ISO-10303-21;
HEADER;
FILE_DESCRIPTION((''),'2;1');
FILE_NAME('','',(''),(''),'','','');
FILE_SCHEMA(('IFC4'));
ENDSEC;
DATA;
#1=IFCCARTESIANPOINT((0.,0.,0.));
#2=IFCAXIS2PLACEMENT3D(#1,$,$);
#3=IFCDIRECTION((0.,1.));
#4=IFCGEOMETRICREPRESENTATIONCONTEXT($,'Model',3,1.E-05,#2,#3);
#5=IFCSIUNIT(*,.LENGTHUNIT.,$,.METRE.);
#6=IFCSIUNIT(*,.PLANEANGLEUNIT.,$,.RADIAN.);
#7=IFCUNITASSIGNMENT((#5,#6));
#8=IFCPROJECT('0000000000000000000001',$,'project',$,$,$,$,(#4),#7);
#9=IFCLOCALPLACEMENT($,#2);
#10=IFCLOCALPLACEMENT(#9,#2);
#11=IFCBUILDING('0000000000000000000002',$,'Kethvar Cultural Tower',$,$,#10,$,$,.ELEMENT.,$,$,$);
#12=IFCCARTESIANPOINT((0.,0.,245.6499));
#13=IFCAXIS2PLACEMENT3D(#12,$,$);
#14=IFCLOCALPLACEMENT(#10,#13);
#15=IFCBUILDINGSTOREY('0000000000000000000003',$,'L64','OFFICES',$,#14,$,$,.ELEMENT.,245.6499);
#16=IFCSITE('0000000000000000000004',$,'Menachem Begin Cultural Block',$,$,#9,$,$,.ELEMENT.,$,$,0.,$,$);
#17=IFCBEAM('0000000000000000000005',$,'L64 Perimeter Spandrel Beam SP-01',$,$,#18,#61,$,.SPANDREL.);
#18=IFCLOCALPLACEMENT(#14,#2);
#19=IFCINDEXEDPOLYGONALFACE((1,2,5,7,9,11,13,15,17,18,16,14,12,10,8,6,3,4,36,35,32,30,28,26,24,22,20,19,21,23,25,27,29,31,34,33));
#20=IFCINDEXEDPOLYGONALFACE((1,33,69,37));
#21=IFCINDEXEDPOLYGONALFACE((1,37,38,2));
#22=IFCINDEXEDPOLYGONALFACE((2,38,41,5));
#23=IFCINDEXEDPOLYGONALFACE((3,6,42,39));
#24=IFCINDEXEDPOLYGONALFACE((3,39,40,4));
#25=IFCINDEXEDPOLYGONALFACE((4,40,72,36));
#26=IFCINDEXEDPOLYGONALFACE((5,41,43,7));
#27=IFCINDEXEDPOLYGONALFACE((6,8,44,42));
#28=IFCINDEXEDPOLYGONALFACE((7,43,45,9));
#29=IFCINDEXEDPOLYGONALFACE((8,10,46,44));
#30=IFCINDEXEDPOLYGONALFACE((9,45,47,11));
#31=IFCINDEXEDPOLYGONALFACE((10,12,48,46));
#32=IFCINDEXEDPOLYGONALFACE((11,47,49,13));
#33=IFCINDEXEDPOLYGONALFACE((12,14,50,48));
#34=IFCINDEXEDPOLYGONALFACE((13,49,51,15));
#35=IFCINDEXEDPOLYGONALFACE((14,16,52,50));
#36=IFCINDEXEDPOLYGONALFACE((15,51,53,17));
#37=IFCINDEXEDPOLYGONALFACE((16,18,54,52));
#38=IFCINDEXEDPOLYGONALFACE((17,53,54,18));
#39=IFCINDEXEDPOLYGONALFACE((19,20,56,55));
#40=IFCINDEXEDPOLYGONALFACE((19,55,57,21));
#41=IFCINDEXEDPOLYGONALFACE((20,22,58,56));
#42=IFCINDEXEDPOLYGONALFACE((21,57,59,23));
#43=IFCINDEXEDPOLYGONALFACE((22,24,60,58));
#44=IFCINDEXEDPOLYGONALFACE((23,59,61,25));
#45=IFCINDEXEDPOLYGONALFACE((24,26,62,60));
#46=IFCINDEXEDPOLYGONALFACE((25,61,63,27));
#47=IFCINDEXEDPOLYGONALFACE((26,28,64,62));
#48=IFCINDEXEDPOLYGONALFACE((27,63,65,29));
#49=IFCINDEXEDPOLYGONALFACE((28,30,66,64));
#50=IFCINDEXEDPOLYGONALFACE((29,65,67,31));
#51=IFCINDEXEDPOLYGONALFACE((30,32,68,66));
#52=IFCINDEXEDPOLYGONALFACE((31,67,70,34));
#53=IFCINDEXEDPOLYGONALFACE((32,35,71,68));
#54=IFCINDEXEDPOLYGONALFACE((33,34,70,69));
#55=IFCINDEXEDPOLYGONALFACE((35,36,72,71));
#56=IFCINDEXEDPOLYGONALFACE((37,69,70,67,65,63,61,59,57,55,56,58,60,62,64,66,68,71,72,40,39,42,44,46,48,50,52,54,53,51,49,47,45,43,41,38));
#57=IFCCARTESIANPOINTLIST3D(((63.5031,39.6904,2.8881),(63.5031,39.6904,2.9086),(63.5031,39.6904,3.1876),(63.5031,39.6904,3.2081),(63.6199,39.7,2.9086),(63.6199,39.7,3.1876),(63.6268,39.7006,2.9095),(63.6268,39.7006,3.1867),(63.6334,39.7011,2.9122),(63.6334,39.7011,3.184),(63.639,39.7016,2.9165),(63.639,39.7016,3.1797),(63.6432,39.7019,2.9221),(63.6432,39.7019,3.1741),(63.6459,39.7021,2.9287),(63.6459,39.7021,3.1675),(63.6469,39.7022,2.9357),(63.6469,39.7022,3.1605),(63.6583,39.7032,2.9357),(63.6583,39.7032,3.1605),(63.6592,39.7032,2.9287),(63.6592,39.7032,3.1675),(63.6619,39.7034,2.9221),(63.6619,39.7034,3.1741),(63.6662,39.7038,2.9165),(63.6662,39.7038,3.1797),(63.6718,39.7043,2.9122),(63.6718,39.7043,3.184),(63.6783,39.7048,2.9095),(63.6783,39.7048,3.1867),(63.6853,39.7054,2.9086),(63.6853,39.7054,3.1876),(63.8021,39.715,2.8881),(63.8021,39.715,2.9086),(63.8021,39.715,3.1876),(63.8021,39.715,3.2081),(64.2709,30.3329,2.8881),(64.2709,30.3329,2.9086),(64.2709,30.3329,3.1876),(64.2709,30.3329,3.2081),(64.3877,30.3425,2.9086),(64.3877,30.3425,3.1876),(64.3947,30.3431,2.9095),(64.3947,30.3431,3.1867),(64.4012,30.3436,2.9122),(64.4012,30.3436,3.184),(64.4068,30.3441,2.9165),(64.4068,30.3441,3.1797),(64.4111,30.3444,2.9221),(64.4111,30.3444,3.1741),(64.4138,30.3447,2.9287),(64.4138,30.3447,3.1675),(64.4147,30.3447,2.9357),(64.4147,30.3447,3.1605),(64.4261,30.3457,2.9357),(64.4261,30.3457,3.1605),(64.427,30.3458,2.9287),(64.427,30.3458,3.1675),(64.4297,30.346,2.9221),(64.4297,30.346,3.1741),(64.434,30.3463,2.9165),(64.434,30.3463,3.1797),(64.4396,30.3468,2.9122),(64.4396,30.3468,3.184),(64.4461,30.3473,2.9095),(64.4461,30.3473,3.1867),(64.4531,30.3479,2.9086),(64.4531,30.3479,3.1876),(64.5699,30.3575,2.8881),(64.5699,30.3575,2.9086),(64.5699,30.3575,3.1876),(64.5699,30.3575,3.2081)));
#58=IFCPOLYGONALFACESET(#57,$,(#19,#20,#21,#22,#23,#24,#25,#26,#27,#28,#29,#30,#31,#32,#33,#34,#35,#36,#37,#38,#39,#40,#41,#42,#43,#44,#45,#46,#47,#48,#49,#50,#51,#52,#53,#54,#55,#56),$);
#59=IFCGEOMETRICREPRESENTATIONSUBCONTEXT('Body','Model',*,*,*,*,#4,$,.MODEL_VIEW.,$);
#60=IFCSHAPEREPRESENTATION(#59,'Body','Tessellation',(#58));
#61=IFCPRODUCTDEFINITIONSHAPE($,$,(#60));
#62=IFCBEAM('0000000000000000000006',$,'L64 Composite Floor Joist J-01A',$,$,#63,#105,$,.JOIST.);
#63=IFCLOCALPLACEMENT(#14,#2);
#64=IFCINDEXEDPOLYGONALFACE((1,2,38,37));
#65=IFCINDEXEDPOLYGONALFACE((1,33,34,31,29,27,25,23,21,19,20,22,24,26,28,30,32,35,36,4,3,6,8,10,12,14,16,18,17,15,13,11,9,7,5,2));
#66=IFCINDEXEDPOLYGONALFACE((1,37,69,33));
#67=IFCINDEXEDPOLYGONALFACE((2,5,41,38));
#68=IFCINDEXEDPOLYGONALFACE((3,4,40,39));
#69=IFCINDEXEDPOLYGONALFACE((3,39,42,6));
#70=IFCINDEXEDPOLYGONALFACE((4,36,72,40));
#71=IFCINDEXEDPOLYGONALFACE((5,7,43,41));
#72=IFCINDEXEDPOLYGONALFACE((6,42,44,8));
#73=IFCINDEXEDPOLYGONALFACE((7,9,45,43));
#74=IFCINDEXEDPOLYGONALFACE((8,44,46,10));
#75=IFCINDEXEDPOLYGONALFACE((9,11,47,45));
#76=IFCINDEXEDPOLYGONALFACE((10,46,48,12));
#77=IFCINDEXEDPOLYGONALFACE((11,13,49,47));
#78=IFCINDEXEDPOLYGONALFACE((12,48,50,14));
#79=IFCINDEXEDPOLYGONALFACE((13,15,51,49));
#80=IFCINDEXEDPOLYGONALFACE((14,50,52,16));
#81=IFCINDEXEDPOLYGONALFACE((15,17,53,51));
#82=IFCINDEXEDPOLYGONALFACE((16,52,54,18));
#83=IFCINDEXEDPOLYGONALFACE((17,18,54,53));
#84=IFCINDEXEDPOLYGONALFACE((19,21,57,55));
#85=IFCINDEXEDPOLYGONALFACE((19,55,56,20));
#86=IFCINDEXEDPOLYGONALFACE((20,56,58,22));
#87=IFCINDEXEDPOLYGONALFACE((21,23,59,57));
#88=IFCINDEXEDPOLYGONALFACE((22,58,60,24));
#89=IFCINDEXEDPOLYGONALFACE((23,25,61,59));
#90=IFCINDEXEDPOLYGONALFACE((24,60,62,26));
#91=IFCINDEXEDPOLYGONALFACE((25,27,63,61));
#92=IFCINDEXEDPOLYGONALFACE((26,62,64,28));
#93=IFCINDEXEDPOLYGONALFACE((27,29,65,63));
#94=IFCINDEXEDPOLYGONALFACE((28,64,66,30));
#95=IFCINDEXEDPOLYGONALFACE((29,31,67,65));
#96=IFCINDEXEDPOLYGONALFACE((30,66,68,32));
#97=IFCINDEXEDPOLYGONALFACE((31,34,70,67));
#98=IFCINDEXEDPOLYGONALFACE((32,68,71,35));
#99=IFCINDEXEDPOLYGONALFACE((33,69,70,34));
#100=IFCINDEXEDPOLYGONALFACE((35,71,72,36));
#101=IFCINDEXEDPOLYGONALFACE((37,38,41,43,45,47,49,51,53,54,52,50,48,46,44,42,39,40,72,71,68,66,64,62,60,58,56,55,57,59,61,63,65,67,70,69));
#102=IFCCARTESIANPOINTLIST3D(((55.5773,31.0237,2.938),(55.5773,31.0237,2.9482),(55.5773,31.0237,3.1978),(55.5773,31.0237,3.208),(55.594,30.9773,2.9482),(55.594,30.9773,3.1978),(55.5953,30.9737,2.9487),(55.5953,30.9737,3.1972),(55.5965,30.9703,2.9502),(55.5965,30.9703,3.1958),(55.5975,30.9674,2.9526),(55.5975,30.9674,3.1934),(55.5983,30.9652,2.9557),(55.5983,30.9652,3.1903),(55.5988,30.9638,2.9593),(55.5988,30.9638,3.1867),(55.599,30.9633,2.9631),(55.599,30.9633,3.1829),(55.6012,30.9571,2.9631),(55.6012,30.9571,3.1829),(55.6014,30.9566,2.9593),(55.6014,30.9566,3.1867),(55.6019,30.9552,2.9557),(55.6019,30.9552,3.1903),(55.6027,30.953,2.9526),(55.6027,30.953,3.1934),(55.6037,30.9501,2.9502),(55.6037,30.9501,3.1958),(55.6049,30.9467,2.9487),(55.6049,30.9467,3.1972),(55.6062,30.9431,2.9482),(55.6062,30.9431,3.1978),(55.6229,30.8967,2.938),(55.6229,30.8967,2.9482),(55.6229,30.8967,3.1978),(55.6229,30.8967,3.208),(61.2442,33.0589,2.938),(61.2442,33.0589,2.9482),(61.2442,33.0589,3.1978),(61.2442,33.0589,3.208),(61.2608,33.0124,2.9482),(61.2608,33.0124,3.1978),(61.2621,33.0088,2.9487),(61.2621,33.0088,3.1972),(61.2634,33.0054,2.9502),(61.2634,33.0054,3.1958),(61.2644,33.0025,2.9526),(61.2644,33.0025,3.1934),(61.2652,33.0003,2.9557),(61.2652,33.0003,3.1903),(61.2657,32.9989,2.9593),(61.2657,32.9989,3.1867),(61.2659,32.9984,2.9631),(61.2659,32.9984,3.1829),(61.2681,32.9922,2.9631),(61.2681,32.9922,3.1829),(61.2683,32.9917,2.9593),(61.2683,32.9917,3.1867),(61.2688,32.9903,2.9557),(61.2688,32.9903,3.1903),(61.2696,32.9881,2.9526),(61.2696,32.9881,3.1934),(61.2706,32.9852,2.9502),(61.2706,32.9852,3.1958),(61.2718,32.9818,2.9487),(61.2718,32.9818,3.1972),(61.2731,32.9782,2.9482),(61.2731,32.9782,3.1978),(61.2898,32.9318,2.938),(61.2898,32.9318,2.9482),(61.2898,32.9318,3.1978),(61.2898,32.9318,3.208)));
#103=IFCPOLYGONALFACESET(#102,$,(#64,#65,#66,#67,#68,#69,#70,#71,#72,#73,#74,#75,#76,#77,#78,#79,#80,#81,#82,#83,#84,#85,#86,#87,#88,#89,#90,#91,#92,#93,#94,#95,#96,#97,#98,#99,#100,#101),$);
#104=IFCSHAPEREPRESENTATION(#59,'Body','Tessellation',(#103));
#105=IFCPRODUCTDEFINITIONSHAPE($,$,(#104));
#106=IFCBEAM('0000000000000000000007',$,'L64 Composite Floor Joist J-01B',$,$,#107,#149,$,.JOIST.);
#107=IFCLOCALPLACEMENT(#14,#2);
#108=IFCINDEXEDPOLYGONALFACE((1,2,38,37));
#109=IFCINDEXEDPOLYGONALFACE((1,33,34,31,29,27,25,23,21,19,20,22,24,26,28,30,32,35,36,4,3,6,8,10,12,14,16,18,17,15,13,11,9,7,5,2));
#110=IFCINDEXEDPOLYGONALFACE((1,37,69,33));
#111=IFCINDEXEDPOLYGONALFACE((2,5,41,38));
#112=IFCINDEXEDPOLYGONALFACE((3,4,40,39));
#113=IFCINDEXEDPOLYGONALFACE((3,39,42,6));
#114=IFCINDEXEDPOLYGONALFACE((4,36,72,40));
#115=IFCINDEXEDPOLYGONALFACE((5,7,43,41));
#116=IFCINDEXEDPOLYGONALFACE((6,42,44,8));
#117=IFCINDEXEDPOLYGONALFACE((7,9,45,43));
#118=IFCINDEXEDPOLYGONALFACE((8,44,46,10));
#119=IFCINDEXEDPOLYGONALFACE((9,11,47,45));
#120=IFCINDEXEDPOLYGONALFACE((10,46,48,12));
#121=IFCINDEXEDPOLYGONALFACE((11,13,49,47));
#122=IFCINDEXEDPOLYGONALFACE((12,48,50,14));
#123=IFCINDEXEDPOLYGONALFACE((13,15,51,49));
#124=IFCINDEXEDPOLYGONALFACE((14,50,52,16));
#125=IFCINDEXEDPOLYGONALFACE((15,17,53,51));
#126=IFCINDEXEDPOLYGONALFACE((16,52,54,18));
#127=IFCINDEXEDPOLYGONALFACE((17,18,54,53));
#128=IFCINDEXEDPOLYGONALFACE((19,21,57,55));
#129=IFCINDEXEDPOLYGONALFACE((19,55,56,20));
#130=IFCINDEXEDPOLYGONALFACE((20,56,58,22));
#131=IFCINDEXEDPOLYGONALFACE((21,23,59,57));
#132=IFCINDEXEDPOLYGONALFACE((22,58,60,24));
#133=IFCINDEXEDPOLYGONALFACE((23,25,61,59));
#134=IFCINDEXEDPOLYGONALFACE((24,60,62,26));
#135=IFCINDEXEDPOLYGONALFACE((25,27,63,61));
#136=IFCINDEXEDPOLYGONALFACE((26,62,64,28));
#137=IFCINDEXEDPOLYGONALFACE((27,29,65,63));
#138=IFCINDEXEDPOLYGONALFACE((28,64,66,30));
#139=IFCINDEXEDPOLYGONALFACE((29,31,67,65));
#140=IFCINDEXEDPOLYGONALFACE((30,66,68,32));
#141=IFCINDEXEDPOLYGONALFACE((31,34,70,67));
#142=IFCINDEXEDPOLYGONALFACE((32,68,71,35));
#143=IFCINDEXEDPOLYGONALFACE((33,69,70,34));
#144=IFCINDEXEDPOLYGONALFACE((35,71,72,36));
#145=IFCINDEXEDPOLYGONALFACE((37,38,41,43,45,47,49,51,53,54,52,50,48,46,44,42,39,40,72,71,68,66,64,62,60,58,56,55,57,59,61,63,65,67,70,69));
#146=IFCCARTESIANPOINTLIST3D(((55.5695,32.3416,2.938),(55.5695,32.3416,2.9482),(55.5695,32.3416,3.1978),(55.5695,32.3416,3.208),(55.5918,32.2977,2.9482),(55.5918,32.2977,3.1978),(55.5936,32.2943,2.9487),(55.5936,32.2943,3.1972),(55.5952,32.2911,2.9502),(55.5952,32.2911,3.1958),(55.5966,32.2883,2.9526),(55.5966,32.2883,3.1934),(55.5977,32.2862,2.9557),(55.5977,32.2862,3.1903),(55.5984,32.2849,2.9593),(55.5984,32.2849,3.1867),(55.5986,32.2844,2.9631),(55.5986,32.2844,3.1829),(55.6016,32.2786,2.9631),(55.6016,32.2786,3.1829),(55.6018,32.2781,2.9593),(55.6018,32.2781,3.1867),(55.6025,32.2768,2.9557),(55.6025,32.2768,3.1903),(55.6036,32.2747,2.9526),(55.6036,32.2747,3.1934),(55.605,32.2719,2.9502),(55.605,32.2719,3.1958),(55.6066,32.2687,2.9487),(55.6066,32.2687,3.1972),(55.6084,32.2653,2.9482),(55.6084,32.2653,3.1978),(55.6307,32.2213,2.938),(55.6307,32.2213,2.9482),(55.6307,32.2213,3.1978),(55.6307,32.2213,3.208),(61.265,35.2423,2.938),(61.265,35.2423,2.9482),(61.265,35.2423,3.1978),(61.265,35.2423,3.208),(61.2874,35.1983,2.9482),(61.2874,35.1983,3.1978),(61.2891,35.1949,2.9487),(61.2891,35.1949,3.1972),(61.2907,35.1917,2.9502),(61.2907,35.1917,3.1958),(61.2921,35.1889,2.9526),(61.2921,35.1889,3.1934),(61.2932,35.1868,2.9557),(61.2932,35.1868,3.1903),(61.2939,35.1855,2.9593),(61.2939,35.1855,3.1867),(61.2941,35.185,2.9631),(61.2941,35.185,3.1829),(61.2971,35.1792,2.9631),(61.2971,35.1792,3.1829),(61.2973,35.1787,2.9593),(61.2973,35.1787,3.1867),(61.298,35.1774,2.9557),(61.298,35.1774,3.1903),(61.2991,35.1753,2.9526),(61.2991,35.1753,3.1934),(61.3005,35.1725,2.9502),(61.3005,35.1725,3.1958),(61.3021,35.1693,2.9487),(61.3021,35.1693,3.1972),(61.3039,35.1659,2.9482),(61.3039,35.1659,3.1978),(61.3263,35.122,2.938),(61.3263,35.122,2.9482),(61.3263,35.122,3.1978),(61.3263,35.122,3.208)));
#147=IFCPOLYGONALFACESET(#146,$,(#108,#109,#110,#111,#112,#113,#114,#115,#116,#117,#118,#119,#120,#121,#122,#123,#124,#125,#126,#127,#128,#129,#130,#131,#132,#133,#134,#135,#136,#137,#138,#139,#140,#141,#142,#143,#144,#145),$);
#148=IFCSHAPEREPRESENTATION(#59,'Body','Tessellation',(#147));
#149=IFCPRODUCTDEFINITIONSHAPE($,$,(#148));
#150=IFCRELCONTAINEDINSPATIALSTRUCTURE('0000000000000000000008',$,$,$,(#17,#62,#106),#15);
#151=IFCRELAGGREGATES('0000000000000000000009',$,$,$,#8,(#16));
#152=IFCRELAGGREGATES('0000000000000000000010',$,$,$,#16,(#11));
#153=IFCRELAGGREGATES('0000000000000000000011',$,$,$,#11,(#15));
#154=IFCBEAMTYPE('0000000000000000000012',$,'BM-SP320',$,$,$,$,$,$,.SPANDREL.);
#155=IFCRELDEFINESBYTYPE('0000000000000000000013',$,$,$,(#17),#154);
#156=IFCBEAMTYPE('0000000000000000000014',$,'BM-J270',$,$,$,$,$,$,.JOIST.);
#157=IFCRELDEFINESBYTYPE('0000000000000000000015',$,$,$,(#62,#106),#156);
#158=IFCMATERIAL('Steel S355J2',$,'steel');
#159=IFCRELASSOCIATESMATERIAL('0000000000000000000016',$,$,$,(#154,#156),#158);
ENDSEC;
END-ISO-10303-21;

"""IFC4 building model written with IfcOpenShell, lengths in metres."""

from ifc_helpers import new_model, si_unit, direction, frame, origin, origin_2d, place, context, subcontext, project, spatial, i_section, extrude, source, transform, mapped, material, material_profile, profile_set, type_object, element, save


model = new_model("IFC4")

# Units and contexts
model_context = context("Model", 3, precision=1e-05, world=origin(), true_north=direction((0.0, 1.0)))
body_context = subcontext(model_context, "Body", "Model", "MODEL_VIEW")
ifc_project = project(units=[si_unit("LENGTHUNIT", "METRE"), si_unit("PLANEANGLEUNIT", "RADIAN")], contexts=[model_context])

# Site, building, storey
site_placement = place(None, origin())
site = spatial("IfcSite", under=ifc_project, at=site_placement, Name="Menachem Begin Cultural Block", CompositionType="ELEMENT", RefElevation=0.0)
building_placement = place(site_placement, origin())
building = spatial("IfcBuilding", under=site, at=building_placement, Name="Kethvar Cultural Tower", CompositionType="ELEMENT")
storey_placement = place(building_placement, frame((0.0, 0.0, 245.6499)))
storey = spatial("IfcBuildingStorey", under=building, at=storey_placement, Name="L64", Description="OFFICES", CompositionType="ELEMENT", Elevation=245.6499)

# Beams
ifc_material_1 = material(Name="Steel S355J2", Category="steel")
ifc_material_profile_1 = material_profile(ifc_material_1, i_section(OverallWidth=0.3, OverallDepth=0.3201, WebThickness=0.0115, FlangeThickness=0.0205, FilletRadius=0.0271, at=origin_2d()), Name="Steel S355J2 — HEB320")
ifc_profile_set_1 = profile_set([ifc_material_profile_1], Name="Steel S355J2 — HEB320")
beam_type_1 = type_object("IfcBeamType", Name="BM-SP320", PredefinedType="SPANDREL", material=ifc_profile_set_1)
shared_shape_1 = source(origin(), body_context, "Body", "SweptSolid", [
    extrude(i_section(OverallWidth=0.3, OverallDepth=0.3201, WebThickness=0.0115, FlangeThickness=0.0205, FilletRadius=0.0271, at=origin_2d()), origin(), (0.0, 0.0, 1.0), 9.3889),
])
beam_1_placement = place(storey_placement, frame((64.4204, 30.3452, 3.0481), z_axis=(-0.08178, 0.99665, 0.0), x_axis=(-0.99665, -0.08178, 0.0)))
element("IfcBeam", 1, at=beam_1_placement, inside=storey, type_object=beam_type_1, Name="L64 Perimeter Spandrel Beam SP-01", PredefinedType="SPANDREL", context=body_context, shape_type="MappedRepresentation", body=[
    mapped(shared_shape_1, transform((0.0, 0.0, 0.0), scale=1.0)),
])
ifc_material_profile_2 = material_profile(ifc_material_1, i_section(OverallWidth=0.135, OverallDepth=0.27, WebThickness=0.0066, FlangeThickness=0.0103, FilletRadius=0.0149, at=origin_2d()), Name="Steel S355J2 — IPE270")
ifc_profile_set_2 = profile_set([ifc_material_profile_2], Name="Steel S355J2 — IPE270")
beam_type_2 = type_object("IfcBeamType", Name="BM-J270", PredefinedType="JOIST", material=ifc_profile_set_2)
shared_shape_2 = source(origin(), body_context, "Body", "SweptSolid", [
    extrude(i_section(OverallWidth=0.135, OverallDepth=0.27, WebThickness=0.0066, FlangeThickness=0.0103, FilletRadius=0.0149, at=origin_2d()), origin(), (0.0, 0.0, 1.0), 6.0212),
])
beam_2_placement = place(storey_placement, frame((55.6001, 30.9602, 3.073), z_axis=(0.94115, 0.33799, 0.0), x_axis=(-0.33799, 0.94115, 0.0)))
element("IfcBeam", 2, at=beam_2_placement, inside=storey, type_object=beam_type_2, Name="L64 Composite Floor Joist J-01A", PredefinedType="JOIST", context=body_context, shape_type="MappedRepresentation", body=[
    mapped(shared_shape_2, transform((0.0, 0.0, 0.0), scale=1.0)),
])
shared_shape_3 = source(origin(), body_context, "Body", "SweptSolid", [
    extrude(i_section(OverallWidth=0.135, OverallDepth=0.27, WebThickness=0.0066, FlangeThickness=0.0103, FilletRadius=0.0149, at=origin_2d()), origin(), (0.0, 0.0, 1.0), 6.3916),
])
beam_3_placement = place(storey_placement, frame((55.6001, 32.2815, 3.073), z_axis=(0.891095, 0.453817, 0.0), x_axis=(-0.453817, 0.891095, 0.0)))
element("IfcBeam", 3, at=beam_3_placement, inside=storey, type_object=beam_type_2, Name="L64 Composite Floor Joist J-01B", PredefinedType="JOIST", context=body_context, shape_type="MappedRepresentation", body=[
    mapped(shared_shape_3, transform((0.0, 0.0, 0.0), scale=1.0)),
])

save(model, "model.ifc")
